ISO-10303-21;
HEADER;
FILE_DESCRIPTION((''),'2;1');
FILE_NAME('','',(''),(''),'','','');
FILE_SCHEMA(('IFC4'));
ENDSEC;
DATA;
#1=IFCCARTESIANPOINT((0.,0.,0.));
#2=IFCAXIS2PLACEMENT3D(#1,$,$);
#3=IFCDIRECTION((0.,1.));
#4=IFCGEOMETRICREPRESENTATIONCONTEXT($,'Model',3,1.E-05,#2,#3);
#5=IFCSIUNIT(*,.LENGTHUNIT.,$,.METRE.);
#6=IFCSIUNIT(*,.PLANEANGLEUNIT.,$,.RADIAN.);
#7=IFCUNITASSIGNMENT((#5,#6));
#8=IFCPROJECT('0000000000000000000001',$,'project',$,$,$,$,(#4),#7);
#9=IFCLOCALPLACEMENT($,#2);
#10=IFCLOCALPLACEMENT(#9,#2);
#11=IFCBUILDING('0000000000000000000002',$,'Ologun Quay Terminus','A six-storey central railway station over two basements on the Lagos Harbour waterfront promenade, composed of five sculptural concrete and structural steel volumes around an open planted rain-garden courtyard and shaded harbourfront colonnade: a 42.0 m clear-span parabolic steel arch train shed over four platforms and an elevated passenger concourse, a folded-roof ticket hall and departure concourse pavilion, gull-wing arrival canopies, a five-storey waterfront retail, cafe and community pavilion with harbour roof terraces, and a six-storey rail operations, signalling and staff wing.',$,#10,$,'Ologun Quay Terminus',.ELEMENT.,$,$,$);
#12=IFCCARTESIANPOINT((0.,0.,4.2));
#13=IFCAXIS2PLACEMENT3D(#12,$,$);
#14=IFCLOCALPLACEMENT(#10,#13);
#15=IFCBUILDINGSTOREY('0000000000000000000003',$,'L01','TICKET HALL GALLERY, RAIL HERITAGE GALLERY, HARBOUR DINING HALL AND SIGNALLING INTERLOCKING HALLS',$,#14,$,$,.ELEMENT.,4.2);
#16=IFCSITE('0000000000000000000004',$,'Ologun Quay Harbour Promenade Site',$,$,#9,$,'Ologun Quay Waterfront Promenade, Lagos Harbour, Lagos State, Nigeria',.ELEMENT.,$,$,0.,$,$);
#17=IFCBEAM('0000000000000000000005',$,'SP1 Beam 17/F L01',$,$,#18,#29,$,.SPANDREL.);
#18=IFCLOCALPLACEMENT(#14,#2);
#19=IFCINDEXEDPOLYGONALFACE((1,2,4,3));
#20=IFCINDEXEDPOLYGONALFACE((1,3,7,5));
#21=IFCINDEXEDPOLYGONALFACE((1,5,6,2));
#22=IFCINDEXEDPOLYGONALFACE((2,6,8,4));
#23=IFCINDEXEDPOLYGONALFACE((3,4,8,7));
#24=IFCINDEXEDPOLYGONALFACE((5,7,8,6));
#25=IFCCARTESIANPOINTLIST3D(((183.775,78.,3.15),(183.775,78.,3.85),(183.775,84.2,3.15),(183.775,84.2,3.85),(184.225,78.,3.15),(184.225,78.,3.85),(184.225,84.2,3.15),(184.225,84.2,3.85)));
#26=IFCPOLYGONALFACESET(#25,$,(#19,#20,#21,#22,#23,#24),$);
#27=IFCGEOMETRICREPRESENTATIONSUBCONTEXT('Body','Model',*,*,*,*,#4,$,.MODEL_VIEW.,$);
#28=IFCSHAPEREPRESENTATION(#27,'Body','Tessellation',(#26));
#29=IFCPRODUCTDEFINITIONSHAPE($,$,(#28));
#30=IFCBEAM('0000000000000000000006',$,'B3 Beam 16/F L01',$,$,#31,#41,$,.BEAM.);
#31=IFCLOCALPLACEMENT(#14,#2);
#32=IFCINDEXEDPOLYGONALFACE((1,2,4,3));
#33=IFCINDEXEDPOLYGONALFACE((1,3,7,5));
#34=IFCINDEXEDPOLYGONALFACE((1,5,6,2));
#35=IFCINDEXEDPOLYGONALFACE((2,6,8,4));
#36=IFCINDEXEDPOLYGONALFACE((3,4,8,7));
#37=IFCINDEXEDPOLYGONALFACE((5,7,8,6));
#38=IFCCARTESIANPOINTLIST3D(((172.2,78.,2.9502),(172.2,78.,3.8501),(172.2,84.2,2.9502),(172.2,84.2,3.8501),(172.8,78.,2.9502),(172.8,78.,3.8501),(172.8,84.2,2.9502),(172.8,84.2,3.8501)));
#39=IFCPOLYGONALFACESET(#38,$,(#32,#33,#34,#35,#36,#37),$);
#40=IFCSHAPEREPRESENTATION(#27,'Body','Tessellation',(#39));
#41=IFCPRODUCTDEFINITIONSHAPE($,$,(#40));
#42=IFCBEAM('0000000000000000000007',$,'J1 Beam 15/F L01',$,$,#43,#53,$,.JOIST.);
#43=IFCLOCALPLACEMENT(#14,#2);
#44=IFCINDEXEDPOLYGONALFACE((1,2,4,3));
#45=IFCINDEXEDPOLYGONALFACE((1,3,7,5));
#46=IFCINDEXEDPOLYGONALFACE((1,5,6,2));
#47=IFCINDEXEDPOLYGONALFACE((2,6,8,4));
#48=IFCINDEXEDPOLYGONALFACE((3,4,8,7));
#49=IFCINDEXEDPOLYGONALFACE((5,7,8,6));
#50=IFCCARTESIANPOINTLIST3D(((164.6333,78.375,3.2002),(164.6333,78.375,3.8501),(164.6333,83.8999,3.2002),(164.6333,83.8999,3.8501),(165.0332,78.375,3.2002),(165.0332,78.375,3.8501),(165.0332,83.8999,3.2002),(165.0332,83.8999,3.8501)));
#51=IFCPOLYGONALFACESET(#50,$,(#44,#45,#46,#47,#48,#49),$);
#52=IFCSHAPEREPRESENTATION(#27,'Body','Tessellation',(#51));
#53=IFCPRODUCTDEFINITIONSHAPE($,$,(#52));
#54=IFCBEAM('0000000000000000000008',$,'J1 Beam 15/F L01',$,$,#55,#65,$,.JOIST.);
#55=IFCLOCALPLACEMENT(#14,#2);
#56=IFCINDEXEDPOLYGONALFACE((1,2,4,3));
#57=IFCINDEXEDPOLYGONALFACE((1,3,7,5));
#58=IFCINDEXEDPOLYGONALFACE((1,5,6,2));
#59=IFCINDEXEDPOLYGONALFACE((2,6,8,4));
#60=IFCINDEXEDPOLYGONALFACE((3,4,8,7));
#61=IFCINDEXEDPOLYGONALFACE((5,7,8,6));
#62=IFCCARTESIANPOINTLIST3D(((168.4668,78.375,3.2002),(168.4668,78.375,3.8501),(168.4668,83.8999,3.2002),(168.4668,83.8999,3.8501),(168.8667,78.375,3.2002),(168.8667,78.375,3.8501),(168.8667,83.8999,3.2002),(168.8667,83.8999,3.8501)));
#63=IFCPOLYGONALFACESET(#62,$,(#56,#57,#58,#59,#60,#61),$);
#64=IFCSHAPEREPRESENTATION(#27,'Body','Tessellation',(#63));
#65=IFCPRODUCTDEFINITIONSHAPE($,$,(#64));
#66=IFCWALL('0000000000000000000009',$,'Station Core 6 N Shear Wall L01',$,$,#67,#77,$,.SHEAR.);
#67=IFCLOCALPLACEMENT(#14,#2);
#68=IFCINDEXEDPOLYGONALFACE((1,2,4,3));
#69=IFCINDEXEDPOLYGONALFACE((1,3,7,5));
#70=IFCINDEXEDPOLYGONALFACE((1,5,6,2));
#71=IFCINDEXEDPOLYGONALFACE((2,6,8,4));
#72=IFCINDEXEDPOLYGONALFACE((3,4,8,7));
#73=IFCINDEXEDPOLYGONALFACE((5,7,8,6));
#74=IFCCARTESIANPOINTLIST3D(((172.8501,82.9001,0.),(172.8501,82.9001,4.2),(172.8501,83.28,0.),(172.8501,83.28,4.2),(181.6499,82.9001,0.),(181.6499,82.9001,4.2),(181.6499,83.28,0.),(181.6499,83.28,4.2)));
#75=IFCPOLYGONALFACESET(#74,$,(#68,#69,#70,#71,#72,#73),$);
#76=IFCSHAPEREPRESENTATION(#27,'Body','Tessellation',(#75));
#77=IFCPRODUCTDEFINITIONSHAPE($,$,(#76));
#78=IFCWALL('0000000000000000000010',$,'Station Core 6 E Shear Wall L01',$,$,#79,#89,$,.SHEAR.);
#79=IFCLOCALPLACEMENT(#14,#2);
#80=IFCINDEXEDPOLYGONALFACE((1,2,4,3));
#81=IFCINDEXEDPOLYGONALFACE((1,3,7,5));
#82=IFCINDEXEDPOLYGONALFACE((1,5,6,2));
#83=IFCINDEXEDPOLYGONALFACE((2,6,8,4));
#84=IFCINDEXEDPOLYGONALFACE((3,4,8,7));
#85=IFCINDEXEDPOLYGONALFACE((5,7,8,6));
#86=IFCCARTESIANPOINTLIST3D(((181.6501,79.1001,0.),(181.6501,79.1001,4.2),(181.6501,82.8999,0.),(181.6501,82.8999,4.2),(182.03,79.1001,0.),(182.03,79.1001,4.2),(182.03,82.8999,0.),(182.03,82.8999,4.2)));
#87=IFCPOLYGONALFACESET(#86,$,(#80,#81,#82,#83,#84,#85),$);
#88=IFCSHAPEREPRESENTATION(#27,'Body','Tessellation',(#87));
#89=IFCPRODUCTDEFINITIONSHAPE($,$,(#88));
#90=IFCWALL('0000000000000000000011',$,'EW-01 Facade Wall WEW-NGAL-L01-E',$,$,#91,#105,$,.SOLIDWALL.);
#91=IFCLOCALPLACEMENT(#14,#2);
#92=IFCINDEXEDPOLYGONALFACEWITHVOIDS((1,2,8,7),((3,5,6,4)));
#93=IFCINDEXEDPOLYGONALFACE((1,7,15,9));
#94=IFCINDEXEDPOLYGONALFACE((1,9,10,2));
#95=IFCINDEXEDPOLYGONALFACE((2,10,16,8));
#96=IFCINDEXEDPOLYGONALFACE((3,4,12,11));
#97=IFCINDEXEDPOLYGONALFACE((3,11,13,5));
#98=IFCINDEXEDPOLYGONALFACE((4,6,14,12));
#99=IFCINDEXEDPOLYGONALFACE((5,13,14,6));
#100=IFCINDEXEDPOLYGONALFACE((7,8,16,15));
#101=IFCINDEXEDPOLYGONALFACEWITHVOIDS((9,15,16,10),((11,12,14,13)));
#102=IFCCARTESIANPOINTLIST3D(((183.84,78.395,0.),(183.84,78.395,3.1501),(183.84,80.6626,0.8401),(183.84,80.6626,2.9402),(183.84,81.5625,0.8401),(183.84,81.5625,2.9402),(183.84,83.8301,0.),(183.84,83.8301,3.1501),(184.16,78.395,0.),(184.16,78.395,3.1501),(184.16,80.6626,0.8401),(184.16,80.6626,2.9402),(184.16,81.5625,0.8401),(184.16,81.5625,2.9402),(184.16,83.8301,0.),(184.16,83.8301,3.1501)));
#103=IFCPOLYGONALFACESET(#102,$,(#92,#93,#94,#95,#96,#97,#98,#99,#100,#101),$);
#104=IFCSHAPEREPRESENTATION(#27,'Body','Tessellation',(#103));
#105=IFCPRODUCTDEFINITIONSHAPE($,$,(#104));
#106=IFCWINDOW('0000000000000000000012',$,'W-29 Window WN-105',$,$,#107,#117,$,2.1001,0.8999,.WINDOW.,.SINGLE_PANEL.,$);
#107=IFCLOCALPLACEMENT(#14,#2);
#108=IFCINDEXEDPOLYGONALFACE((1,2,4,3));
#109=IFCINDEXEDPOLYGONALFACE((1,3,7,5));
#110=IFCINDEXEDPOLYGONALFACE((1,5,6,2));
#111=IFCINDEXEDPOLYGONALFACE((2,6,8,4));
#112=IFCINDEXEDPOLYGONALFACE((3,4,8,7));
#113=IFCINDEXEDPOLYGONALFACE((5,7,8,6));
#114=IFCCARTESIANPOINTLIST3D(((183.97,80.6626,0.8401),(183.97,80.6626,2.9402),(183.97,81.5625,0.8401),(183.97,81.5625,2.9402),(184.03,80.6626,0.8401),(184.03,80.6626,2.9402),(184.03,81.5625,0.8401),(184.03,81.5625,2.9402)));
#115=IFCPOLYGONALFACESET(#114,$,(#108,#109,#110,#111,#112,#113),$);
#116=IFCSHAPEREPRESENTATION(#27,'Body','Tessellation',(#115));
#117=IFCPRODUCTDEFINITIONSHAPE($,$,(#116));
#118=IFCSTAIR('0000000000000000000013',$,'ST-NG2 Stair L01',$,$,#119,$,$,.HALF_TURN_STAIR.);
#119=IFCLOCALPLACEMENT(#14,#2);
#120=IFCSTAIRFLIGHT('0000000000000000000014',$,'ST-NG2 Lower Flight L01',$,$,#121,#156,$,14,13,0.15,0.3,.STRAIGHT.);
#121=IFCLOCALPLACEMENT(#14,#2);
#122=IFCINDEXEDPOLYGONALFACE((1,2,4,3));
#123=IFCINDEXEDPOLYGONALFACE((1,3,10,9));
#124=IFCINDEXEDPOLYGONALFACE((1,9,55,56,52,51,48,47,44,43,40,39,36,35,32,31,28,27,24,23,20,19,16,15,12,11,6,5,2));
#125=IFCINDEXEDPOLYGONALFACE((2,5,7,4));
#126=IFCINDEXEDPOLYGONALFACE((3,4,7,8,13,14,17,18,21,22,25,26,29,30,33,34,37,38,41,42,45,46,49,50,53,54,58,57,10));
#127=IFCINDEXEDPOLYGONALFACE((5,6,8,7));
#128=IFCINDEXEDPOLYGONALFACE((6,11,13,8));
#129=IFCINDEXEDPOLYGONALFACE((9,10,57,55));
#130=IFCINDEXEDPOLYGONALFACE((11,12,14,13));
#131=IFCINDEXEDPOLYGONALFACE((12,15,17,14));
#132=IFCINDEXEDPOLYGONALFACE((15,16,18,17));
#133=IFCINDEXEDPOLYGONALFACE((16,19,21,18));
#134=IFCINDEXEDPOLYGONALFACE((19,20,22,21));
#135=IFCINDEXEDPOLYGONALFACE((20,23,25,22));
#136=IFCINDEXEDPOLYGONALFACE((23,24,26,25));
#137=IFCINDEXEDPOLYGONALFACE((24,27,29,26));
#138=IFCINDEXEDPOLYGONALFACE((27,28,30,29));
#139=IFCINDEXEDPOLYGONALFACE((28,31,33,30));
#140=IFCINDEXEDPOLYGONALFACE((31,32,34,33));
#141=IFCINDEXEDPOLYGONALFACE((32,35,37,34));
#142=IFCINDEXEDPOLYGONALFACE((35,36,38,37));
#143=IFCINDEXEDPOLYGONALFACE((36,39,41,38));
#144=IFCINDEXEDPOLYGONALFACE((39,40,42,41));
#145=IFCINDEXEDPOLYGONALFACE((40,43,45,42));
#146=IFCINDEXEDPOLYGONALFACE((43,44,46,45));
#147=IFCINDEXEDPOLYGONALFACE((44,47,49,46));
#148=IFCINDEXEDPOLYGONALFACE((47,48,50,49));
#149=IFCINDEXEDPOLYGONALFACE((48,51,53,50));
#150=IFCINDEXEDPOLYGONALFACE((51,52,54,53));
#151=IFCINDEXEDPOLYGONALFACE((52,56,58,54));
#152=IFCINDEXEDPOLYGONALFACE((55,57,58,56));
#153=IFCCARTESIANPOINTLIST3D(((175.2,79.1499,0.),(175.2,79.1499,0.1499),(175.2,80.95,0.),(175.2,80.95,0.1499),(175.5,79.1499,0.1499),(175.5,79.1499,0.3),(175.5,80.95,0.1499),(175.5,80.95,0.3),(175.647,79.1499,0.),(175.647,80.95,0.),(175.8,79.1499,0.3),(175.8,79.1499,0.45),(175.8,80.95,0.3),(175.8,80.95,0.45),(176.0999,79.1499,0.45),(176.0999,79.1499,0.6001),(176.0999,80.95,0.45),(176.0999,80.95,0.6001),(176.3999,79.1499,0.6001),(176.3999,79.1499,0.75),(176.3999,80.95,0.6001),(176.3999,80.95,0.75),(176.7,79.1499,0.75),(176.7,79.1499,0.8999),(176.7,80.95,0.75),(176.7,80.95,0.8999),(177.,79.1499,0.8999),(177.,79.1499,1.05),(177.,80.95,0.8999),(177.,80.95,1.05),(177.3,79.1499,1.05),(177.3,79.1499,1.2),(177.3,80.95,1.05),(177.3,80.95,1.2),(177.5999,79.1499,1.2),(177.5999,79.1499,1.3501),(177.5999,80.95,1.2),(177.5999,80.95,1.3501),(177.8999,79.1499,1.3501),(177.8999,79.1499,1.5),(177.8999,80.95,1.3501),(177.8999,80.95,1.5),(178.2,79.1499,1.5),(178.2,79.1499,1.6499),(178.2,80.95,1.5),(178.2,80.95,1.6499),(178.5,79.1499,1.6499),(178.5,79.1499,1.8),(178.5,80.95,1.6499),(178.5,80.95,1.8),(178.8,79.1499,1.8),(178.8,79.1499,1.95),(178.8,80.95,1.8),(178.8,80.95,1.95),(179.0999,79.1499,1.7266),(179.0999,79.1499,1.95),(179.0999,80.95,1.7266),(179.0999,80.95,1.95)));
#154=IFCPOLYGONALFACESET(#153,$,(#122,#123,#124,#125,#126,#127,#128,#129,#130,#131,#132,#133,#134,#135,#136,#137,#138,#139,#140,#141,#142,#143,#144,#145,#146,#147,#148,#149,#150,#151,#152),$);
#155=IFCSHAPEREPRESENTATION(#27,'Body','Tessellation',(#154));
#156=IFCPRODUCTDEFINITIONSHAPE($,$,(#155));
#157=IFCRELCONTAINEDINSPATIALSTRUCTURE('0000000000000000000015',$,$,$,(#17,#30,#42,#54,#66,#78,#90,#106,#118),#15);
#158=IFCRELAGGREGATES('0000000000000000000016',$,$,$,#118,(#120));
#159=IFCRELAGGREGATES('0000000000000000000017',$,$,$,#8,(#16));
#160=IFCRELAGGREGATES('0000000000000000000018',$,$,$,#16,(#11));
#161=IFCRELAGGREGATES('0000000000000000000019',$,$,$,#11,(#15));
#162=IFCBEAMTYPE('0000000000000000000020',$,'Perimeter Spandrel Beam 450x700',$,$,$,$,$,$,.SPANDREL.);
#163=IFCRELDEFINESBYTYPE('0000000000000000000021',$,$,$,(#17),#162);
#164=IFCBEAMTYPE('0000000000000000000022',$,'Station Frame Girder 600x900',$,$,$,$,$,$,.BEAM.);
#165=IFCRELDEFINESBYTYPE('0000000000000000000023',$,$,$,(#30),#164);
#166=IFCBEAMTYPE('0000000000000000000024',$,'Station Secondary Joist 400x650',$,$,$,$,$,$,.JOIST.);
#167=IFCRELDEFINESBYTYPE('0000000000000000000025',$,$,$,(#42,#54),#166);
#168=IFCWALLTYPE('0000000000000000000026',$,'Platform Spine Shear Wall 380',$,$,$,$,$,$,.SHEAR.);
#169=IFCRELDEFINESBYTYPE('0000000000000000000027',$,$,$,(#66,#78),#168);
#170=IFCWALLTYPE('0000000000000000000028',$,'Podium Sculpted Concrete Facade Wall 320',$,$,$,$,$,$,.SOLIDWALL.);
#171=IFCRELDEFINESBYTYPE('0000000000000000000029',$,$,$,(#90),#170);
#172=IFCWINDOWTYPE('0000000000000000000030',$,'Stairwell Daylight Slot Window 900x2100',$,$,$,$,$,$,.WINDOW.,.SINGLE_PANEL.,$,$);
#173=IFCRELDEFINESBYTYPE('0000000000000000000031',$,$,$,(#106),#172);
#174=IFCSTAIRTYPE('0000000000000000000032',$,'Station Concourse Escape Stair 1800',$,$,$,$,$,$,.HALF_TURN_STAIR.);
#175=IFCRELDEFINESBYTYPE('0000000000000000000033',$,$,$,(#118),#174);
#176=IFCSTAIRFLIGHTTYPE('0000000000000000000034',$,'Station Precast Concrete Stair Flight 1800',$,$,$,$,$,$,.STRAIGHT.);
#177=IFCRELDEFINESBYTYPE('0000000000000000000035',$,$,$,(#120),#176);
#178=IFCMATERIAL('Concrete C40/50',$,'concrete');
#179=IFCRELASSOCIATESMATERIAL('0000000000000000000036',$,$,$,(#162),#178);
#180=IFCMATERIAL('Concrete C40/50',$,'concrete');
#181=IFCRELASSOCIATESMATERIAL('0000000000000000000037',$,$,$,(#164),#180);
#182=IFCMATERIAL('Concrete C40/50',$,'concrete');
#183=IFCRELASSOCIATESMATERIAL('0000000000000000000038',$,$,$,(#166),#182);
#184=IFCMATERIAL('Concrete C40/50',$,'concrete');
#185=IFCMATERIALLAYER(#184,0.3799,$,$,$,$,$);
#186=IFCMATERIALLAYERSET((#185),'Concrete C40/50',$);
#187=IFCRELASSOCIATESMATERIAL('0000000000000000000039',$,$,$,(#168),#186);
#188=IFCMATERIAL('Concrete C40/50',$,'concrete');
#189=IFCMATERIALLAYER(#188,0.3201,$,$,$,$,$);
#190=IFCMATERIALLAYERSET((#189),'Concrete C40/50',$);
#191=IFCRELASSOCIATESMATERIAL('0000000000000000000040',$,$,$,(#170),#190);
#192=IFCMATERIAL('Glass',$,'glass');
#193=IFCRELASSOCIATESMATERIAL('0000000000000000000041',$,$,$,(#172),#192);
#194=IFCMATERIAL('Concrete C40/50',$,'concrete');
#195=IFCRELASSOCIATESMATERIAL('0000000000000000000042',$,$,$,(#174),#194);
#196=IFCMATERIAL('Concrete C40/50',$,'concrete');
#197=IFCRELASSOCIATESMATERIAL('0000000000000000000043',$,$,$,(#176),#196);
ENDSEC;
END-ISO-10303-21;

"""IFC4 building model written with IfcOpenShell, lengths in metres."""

from ifc_helpers import new_model, si_unit, direction, frame, frame_2d, origin, origin_2d, place, context, subcontext, project, spatial, polyline, rectangle, outline, extrude, material, layer, layer_set, material_profile, profile_set, type_object, element, fill, aggregate, save


model = new_model("IFC4")

# Units and contexts
model_context = context("Model", 3, precision=1e-05, world=origin(), true_north=direction((0.0, 1.0)))
body_context = subcontext(model_context, "Body", "Model", "MODEL_VIEW")
ifc_project = project(units=[si_unit("LENGTHUNIT", "METRE"), si_unit("PLANEANGLEUNIT", "RADIAN")], contexts=[model_context])

# Site, building, storey
site_placement = place(None, origin())
site = spatial("IfcSite", under=ifc_project, at=site_placement, Name="Ologun Quay Harbour Promenade Site", LongName="Ologun Quay Waterfront Promenade, Lagos Harbour, Lagos State, Nigeria", CompositionType="ELEMENT", RefElevation=0.0)
building_placement = place(site_placement, origin())
building = spatial("IfcBuilding", under=site, at=building_placement, Name="Ologun Quay Terminus", Description="A six-storey central railway station over two basements on the Lagos Harbour waterfront promenade, composed of five sculptural concrete and structural steel volumes around an open planted rain-garden courtyard and shaded harbourfront colonnade: a 42.0 m clear-span parabolic steel arch train shed over four platforms and an elevated passenger concourse, a folded-roof ticket hall and departure concourse pavilion, gull-wing arrival canopies, a five-storey waterfront retail, cafe and community pavilion with harbour roof terraces, and a six-storey rail operations, signalling and staff wing.", LongName="Ologun Quay Terminus", CompositionType="ELEMENT")
storey_placement = place(building_placement, frame((0.0, 0.0, 4.2)))
storey = spatial("IfcBuildingStorey", under=building, at=storey_placement, Name="L01", Description="TICKET HALL GALLERY, RAIL HERITAGE GALLERY, HARBOUR DINING HALL AND SIGNALLING INTERLOCKING HALLS", CompositionType="ELEMENT", Elevation=4.2)

# Beams
ifc_material_1 = material(Name="Concrete C40/50", Category="concrete")
ifc_material_profile_1 = material_profile(ifc_material_1, rectangle(XDim=0.45, YDim=0.7, at=origin_2d()), Name="RC 450x700")
ifc_profile_set_1 = profile_set([ifc_material_profile_1], Name="Concrete C40/50")
beam_type_1 = type_object("IfcBeamType", Name="Perimeter Spandrel Beam 450x700", PredefinedType="SPANDREL", material=ifc_profile_set_1)
beam_1_placement = place(storey_placement, frame((184.0, 78.0, 3.5), z_axis=(0.0, 1.0, 0.0), x_axis=(-1.0, 0.0, 0.0)))
element("IfcBeam", 1, at=beam_1_placement, inside=storey, type_object=beam_type_1, Name="SP1 Beam 17/F L01", PredefinedType="SPANDREL", context=body_context, shape_type="SweptSolid", body=[
    extrude(rectangle(XDim=0.45, YDim=0.7, at=origin_2d()), origin(), (0.0, 0.0, 1.0), 6.2),
])
ifc_material_2 = material(Name="Concrete C40/50", Category="concrete")
ifc_material_profile_2 = material_profile(ifc_material_2, rectangle(XDim=0.6001, YDim=0.8999, at=origin_2d()), Name="RC 600x900")
ifc_profile_set_2 = profile_set([ifc_material_profile_2], Name="Concrete C40/50")
beam_type_2 = type_object("IfcBeamType", Name="Station Frame Girder 600x900", PredefinedType="BEAM", material=ifc_profile_set_2)
beam_2_placement = place(storey_placement, frame((172.5, 78.0, 3.4001), z_axis=(0.0, 1.0, 0.0), x_axis=(-1.0, 0.0, 0.0)))
element("IfcBeam", 2, at=beam_2_placement, inside=storey, type_object=beam_type_2, Name="B3 Beam 16/F L01", PredefinedType="BEAM", context=body_context, shape_type="SweptSolid", body=[
    extrude(rectangle(XDim=0.6001, YDim=0.8999, at=origin_2d()), origin(), (0.0, 0.0, 1.0), 6.2),
])
ifc_material_3 = material(Name="Concrete C40/50", Category="concrete")
ifc_material_profile_3 = material_profile(ifc_material_3, rectangle(XDim=0.3999, YDim=0.6499, at=origin_2d()), Name="RC 400x650")
ifc_profile_set_3 = profile_set([ifc_material_profile_3], Name="Concrete C40/50")
beam_type_3 = type_object("IfcBeamType", Name="Station Secondary Joist 400x650", PredefinedType="JOIST", material=ifc_profile_set_3)
for number, where, z_axis, x_axis, name in (
    (3, (164.8333, 78.375, 3.5251), (0.0, 1.0, 0.0), (-1.0, 0.0, 0.0), "J1 Beam 15/F L01"),
    (4, (168.6667, 78.375, 3.5251), (0.0, 1.0, 0.0), (-1.0, 0.0, 0.0), "J1 Beam 15/F L01"),
):
    element("IfcBeam", number, at=place(storey_placement, frame(where, z_axis=z_axis, x_axis=x_axis)), inside=storey, type_object=beam_type_3, Name=name, PredefinedType="JOIST", context=body_context, shape_type="SweptSolid", body=[
        extrude(rectangle(XDim=0.3999, YDim=0.6499, at=origin_2d()), origin(), (0.0, 0.0, 1.0), 5.5249),
    ])

# Shared definitions
ifc_material_4 = material(Name="Concrete C40/50", Category="concrete")
ifc_layer_1 = layer(ifc_material_4, 0.3799)
ifc_layer_set_1 = layer_set([ifc_layer_1], Name="Concrete C40/50")
wall_type_1 = type_object("IfcWallType", Name="Platform Spine Shear Wall 380", PredefinedType="SHEAR", material=ifc_layer_set_1)

# Walls
wall_1_placement = place(storey_placement, frame((172.8501, 83.0901, 0.0), z_axis=(0.0, 0.0, 1.0), x_axis=(1.0, 0.0, 0.0)))
element("IfcWall", 5, at=wall_1_placement, inside=storey, type_object=wall_type_1, Name="Station Core 6 N Shear Wall L01", PredefinedType="SHEAR", context=body_context, shape_type="SweptSolid", body=[
    extrude(rectangle(XDim=8.7998, YDim=0.3799, at=frame_2d((4.3999, 0.0))), origin(), (0.0, 0.0, 1.0), 4.2),
])
wall_2_placement = place(storey_placement, frame((181.8401, 79.1001, 0.0), z_axis=(0.0, 0.0, 1.0), x_axis=(0.0, 1.0, 0.0)))
element("IfcWall", 6, at=wall_2_placement, inside=storey, type_object=wall_type_1, Name="Station Core 6 E Shear Wall L01", PredefinedType="SHEAR", context=body_context, shape_type="SweptSolid", body=[
    extrude(rectangle(XDim=3.7998, YDim=0.3799, at=frame_2d((1.8999, 0.0))), origin(), (0.0, 0.0, 1.0), 4.2),
])

# Wall, opening, window
ifc_material_5 = material(Name="Concrete C40/50", Category="concrete")
ifc_layer_2 = layer(ifc_material_5, 0.3201)
ifc_layer_set_2 = layer_set([ifc_layer_2], Name="Concrete C40/50")
wall_type_2 = type_object("IfcWallType", Name="Podium Sculpted Concrete Facade Wall 320", PredefinedType="SOLIDWALL", material=ifc_layer_set_2)
wall_3_placement = place(storey_placement, frame((184.0, 78.395, 0.0), z_axis=(0.0, 0.0, 1.0), x_axis=(0.0, 1.0, 0.0)))
wall_3 = element("IfcWall", 7, at=wall_3_placement, inside=storey, type_object=wall_type_2, Name="EW-01 Facade Wall WEW-NGAL-L01-E", PredefinedType="SOLIDWALL", context=body_context, shape_type="SweptSolid", body=[
    extrude(rectangle(XDim=5.4351, YDim=0.3201, at=frame_2d((2.7175, 0.0))), origin(), (0.0, 0.0, 1.0), 3.1501),
])
opening_1_placement = place(wall_3_placement, frame((2.2676, 0.0, 0.8401)))
opening_1 = element("IfcOpeningElement", 8, at=opening_1_placement, cuts=wall_3, PredefinedType="OPENING", context=body_context, shape_type="SweptSolid", body=[
    extrude(rectangle(XDim=0.8999, YDim=2.1001, at=frame_2d((0.45, 1.05))), frame((0.0, 0.1699, 0.0), z_axis=(0.0, -1.0, 0.0), x_axis=(1.0, 0.0, 0.0)), (0.0, 0.0, 1.0), 0.3401),
])
ifc_material_6 = material(Name="Glass", Category="glass")
window_type = type_object("IfcWindowType", Name="Stairwell Daylight Slot Window 900x2100", PartitioningType="SINGLE_PANEL", PredefinedType="WINDOW", material=ifc_material_6)
window_placement = place(opening_1_placement, origin())
window = element("IfcWindow", 9, at=window_placement, inside=storey, type_object=window_type, Name="W-29 Window WN-105", OverallHeight=2.1001, OverallWidth=0.8999, PartitioningType="SINGLE_PANEL", PredefinedType="WINDOW", context=body_context, shape_type="SweptSolid", body=[
    extrude(rectangle(XDim=0.8999, YDim=2.1001, at=frame_2d((0.45, 1.05))), frame((0.0, 0.03, 0.0), z_axis=(0.0, -1.0, 0.0), x_axis=(1.0, 0.0, 0.0)), (0.0, 0.0, 1.0), 0.0601),
])
fill(opening_1, window)

# Stair, stair flight
ifc_material_7 = material(Name="Concrete C40/50", Category="concrete")
stair_type = type_object("IfcStairType", Name="Station Concourse Escape Stair 1800", PredefinedType="HALF_TURN_STAIR", material=ifc_material_7)
stair_placement = place(storey_placement, origin())
stair = element("IfcStair", 10, at=stair_placement, inside=storey, type_object=stair_type, Name="ST-NG2 Stair L01", PredefinedType="HALF_TURN_STAIR")
ifc_material_8 = material(Name="Concrete C40/50", Category="concrete")
stair_flight_type = type_object("IfcStairFlightType", Name="Station Precast Concrete Stair Flight 1800", PredefinedType="STRAIGHT", material=ifc_material_8)
stair_flight_1_placement = place(storey_placement, frame((175.2, 80.05, 0.0), z_axis=(0.0, 0.0, 1.0), x_axis=(1.0, 0.0, 0.0)))
stair_flight_1 = element("IfcStairFlight", 11, at=stair_flight_1_placement, type_object=stair_flight_type, Name="ST-NG2 Lower Flight L01", NumberOfRisers=14, NumberOfTreads=13, PredefinedType="STRAIGHT", RiserHeight=0.15, TreadLength=0.3, context=body_context, shape_type="SweptSolid", body=[
    extrude(outline(polyline([(0.0, 0.0), (0.0, 0.1499), (0.3, 0.1499), (0.3, 0.3), (0.6001, 0.3), (0.6001, 0.45), (0.8999, 0.45), (0.8999, 0.6001), (1.2, 0.6001), (1.2, 0.75), (1.5, 0.75), (1.5, 0.8999), (1.8, 0.8999), (1.8, 1.05), (2.1001, 1.05), (2.1001, 1.2), (2.3999, 1.2), (2.3999, 1.3501), (2.7, 1.3501), (2.7, 1.5), (3.0, 1.5), (3.0, 1.6499), (3.3, 1.6499), (3.3, 1.8), (3.6001, 1.8), (3.6001, 1.95), (3.8999, 1.95), (3.8999, 2.1001), (3.8999, 1.7266), (0.447, 0.0), (0.0, 0.0)])), frame((0.0, 0.8999, 0.0), z_axis=(0.0, -1.0, 0.0), x_axis=(1.0, 0.0, 0.0)), (0.0, 0.0, 1.0), 1.8),
])
aggregate(stair, [stair_flight_1])

save(model, "model.ifc")
